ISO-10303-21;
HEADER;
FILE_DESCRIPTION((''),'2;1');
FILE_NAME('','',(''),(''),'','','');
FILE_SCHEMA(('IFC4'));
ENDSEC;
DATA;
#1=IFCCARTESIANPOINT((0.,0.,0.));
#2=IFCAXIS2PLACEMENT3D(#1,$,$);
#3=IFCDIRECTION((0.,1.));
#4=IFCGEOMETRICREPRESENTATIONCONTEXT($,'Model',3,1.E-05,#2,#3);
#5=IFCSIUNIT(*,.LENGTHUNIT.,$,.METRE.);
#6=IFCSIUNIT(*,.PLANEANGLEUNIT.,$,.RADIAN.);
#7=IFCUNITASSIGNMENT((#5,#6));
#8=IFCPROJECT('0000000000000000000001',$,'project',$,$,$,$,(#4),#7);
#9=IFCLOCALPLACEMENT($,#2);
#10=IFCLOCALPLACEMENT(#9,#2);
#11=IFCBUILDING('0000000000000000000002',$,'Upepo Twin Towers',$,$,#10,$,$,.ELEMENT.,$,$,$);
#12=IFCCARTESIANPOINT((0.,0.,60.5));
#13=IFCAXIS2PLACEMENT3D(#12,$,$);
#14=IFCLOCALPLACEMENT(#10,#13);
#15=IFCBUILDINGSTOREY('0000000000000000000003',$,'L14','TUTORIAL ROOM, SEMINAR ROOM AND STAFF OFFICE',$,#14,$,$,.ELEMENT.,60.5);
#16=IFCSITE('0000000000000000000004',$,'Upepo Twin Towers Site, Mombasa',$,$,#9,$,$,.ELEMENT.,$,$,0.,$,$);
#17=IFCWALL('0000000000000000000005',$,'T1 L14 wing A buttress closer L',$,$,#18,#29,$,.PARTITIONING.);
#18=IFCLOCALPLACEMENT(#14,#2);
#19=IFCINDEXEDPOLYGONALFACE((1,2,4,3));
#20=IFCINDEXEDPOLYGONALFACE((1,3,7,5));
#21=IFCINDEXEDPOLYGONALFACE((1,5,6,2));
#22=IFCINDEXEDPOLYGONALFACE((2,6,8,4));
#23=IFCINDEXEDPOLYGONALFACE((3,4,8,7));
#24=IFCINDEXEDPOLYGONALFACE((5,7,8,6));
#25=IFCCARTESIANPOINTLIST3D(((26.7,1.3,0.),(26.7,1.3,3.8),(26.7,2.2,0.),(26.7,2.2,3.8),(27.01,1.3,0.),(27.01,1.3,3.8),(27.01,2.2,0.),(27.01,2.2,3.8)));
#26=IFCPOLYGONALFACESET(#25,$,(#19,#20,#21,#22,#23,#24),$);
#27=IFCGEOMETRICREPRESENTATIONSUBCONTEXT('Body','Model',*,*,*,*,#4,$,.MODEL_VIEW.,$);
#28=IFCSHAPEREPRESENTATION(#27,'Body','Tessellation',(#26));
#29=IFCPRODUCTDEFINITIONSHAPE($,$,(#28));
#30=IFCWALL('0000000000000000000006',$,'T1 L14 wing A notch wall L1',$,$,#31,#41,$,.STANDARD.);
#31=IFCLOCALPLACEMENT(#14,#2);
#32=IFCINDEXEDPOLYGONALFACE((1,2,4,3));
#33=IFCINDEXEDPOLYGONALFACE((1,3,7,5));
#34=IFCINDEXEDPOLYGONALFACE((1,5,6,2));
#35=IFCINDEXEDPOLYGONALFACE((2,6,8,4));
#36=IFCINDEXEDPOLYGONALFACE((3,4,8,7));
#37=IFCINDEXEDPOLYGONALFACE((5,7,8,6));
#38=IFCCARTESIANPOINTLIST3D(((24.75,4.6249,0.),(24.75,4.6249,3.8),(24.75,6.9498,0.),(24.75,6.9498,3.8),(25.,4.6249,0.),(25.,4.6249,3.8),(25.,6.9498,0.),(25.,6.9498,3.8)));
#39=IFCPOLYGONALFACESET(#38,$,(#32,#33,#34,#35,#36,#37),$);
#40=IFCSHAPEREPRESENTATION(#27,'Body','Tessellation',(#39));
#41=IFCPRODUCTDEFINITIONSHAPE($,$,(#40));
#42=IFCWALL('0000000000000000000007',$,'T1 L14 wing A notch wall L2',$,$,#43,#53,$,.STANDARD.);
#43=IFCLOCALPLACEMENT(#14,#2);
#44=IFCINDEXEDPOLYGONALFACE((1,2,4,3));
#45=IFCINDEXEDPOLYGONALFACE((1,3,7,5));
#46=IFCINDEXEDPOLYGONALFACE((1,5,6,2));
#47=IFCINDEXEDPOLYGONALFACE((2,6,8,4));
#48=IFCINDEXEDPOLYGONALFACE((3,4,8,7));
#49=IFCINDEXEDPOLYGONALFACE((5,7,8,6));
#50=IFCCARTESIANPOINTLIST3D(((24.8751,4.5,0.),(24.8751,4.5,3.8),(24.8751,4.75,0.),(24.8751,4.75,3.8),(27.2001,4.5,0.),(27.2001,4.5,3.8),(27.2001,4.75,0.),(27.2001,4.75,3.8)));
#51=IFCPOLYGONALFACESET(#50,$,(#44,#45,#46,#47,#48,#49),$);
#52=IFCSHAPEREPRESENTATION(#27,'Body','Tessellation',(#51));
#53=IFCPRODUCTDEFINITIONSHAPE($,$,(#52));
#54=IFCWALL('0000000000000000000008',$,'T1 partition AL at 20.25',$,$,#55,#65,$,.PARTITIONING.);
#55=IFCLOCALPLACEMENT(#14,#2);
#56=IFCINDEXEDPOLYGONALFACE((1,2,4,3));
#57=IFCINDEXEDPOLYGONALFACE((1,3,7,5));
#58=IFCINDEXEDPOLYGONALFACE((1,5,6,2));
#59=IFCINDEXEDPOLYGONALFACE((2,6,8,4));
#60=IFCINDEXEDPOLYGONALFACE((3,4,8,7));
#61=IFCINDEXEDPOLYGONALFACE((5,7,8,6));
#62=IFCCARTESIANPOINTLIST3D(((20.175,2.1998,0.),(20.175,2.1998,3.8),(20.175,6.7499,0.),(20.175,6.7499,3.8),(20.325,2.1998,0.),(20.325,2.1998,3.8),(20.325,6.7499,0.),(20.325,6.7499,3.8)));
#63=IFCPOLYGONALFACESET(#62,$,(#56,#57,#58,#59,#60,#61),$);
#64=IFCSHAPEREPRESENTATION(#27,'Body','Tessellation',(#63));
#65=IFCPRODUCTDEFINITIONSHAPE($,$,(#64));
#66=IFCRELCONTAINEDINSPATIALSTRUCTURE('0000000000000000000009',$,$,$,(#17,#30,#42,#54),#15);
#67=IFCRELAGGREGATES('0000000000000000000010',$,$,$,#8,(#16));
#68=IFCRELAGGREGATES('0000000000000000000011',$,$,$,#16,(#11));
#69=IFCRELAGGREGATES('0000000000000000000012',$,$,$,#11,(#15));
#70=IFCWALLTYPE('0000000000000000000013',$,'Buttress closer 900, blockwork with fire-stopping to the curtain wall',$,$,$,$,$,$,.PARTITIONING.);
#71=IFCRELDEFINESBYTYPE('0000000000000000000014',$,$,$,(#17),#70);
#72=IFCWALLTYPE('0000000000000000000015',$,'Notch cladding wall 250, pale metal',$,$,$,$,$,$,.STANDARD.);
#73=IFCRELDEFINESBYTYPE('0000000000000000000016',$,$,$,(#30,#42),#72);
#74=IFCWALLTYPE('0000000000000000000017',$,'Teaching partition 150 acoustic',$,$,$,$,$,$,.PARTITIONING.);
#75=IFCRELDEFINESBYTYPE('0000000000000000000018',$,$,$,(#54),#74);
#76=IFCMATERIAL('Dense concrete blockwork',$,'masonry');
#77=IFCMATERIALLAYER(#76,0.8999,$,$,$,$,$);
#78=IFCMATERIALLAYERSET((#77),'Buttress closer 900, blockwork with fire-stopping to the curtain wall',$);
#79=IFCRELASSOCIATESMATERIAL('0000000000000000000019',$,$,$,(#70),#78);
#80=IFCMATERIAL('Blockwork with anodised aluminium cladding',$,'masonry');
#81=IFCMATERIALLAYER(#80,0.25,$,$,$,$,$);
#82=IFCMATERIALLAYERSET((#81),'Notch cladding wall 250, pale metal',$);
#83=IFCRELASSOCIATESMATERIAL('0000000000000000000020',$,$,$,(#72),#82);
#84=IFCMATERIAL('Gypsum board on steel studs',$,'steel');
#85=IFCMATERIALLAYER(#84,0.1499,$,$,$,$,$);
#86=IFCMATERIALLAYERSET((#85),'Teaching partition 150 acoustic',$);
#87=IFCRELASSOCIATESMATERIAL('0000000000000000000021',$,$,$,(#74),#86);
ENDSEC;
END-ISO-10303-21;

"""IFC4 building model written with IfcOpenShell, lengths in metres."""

from ifc_helpers import new_model, si_unit, direction, frame, frame_2d, origin, place, context, subcontext, project, spatial, rectangle, extrude, material, layer, layer_set, type_object, element, save


model = new_model("IFC4")

# Units and contexts
model_context = context("Model", 3, precision=1e-05, world=origin(), true_north=direction((0.0, 1.0)))
body_context = subcontext(model_context, "Body", "Model", "MODEL_VIEW")
ifc_project = project(units=[si_unit("LENGTHUNIT", "METRE"), si_unit("PLANEANGLEUNIT", "RADIAN")], contexts=[model_context])

# Site, building, storey
site_placement = place(None, origin())
site = spatial("IfcSite", under=ifc_project, at=site_placement, Name="Upepo Twin Towers Site, Mombasa", CompositionType="ELEMENT", RefElevation=0.0)
building_placement = place(site_placement, origin())
building = spatial("IfcBuilding", under=site, at=building_placement, Name="Upepo Twin Towers", CompositionType="ELEMENT")
storey_placement = place(building_placement, frame((0.0, 0.0, 60.5)))
storey = spatial("IfcBuildingStorey", under=building, at=storey_placement, Name="L14", Description="TUTORIAL ROOM, SEMINAR ROOM AND STAFF OFFICE", CompositionType="ELEMENT", Elevation=60.5)

# Walls
ifc_material_1 = material(Name="Dense concrete blockwork", Category="masonry")
ifc_layer_1 = layer(ifc_material_1, 0.8999)
ifc_layer_set_1 = layer_set([ifc_layer_1], Name="Buttress closer 900, blockwork with fire-stopping to the curtain wall")
wall_type_1 = type_object("IfcWallType", Name="Buttress closer 900, blockwork with fire-stopping to the curtain wall", PredefinedType="PARTITIONING", material=ifc_layer_set_1)
wall_1_placement = place(storey_placement, frame((26.7, 1.75, 0.0), z_axis=(0.0, 0.0, 1.0), x_axis=(1.0, 0.0, 0.0)))
element("IfcWall", 1, at=wall_1_placement, inside=storey, type_object=wall_type_1, Name="T1 L14 wing A buttress closer L", PredefinedType="PARTITIONING", context=body_context, shape_type="SweptSolid", body=[
    extrude(rectangle(XDim=0.3101, YDim=0.8999, at=frame_2d((0.155, 0.0))), origin(), (0.0, 0.0, 1.0), 3.8),
])
ifc_material_2 = material(Name="Blockwork with anodised aluminium cladding", Category="masonry")
ifc_layer_2 = layer(ifc_material_2, 0.25)
ifc_layer_set_2 = layer_set([ifc_layer_2], Name="Notch cladding wall 250, pale metal")
wall_type_2 = type_object("IfcWallType", Name="Notch cladding wall 250, pale metal", PredefinedType="STANDARD", material=ifc_layer_set_2)
for number, where, z_axis, x_axis, name in (
    (2, (24.875, 6.95, 0.0), (0.0, 0.0, 1.0), (0.0, -1.0, 0.0), "T1 L14 wing A notch wall L1"),
    (3, (24.875, 4.625, 0.0), (0.0, 0.0, 1.0), (1.0, 0.0, 0.0), "T1 L14 wing A notch wall L2"),
):
    element("IfcWall", number, at=place(storey_placement, frame(where, z_axis=z_axis, x_axis=x_axis)), inside=storey, type_object=wall_type_2, Name=name, PredefinedType="STANDARD", context=body_context, shape_type="SweptSolid", body=[
        extrude(rectangle(XDim=2.325, YDim=0.25, at=frame_2d((1.1626, 0.0))), origin(), (0.0, 0.0, 1.0), 3.8),
    ])
ifc_material_3 = material(Name="Gypsum board on steel studs", Category="steel")
ifc_layer_3 = layer(ifc_material_3, 0.1499)
ifc_layer_set_3 = layer_set([ifc_layer_3], Name="Teaching partition 150 acoustic")
wall_type_3 = type_object("IfcWallType", Name="Teaching partition 150 acoustic", PredefinedType="PARTITIONING", material=ifc_layer_set_3)
wall_2_placement = place(storey_placement, frame((20.25, 2.2, 0.0), z_axis=(0.0, 0.0, 1.0), x_axis=(0.0, 1.0, 0.0)))
element("IfcWall", 4, at=wall_2_placement, inside=storey, type_object=wall_type_3, Name="T1 partition AL at 20.25", PredefinedType="PARTITIONING", context=body_context, shape_type="SweptSolid", body=[
    extrude(rectangle(XDim=4.55, YDim=0.1499, at=frame_2d((2.2749, 0.0))), origin(), (0.0, 0.0, 1.0), 3.8),
])

save(model, "model.ifc")
